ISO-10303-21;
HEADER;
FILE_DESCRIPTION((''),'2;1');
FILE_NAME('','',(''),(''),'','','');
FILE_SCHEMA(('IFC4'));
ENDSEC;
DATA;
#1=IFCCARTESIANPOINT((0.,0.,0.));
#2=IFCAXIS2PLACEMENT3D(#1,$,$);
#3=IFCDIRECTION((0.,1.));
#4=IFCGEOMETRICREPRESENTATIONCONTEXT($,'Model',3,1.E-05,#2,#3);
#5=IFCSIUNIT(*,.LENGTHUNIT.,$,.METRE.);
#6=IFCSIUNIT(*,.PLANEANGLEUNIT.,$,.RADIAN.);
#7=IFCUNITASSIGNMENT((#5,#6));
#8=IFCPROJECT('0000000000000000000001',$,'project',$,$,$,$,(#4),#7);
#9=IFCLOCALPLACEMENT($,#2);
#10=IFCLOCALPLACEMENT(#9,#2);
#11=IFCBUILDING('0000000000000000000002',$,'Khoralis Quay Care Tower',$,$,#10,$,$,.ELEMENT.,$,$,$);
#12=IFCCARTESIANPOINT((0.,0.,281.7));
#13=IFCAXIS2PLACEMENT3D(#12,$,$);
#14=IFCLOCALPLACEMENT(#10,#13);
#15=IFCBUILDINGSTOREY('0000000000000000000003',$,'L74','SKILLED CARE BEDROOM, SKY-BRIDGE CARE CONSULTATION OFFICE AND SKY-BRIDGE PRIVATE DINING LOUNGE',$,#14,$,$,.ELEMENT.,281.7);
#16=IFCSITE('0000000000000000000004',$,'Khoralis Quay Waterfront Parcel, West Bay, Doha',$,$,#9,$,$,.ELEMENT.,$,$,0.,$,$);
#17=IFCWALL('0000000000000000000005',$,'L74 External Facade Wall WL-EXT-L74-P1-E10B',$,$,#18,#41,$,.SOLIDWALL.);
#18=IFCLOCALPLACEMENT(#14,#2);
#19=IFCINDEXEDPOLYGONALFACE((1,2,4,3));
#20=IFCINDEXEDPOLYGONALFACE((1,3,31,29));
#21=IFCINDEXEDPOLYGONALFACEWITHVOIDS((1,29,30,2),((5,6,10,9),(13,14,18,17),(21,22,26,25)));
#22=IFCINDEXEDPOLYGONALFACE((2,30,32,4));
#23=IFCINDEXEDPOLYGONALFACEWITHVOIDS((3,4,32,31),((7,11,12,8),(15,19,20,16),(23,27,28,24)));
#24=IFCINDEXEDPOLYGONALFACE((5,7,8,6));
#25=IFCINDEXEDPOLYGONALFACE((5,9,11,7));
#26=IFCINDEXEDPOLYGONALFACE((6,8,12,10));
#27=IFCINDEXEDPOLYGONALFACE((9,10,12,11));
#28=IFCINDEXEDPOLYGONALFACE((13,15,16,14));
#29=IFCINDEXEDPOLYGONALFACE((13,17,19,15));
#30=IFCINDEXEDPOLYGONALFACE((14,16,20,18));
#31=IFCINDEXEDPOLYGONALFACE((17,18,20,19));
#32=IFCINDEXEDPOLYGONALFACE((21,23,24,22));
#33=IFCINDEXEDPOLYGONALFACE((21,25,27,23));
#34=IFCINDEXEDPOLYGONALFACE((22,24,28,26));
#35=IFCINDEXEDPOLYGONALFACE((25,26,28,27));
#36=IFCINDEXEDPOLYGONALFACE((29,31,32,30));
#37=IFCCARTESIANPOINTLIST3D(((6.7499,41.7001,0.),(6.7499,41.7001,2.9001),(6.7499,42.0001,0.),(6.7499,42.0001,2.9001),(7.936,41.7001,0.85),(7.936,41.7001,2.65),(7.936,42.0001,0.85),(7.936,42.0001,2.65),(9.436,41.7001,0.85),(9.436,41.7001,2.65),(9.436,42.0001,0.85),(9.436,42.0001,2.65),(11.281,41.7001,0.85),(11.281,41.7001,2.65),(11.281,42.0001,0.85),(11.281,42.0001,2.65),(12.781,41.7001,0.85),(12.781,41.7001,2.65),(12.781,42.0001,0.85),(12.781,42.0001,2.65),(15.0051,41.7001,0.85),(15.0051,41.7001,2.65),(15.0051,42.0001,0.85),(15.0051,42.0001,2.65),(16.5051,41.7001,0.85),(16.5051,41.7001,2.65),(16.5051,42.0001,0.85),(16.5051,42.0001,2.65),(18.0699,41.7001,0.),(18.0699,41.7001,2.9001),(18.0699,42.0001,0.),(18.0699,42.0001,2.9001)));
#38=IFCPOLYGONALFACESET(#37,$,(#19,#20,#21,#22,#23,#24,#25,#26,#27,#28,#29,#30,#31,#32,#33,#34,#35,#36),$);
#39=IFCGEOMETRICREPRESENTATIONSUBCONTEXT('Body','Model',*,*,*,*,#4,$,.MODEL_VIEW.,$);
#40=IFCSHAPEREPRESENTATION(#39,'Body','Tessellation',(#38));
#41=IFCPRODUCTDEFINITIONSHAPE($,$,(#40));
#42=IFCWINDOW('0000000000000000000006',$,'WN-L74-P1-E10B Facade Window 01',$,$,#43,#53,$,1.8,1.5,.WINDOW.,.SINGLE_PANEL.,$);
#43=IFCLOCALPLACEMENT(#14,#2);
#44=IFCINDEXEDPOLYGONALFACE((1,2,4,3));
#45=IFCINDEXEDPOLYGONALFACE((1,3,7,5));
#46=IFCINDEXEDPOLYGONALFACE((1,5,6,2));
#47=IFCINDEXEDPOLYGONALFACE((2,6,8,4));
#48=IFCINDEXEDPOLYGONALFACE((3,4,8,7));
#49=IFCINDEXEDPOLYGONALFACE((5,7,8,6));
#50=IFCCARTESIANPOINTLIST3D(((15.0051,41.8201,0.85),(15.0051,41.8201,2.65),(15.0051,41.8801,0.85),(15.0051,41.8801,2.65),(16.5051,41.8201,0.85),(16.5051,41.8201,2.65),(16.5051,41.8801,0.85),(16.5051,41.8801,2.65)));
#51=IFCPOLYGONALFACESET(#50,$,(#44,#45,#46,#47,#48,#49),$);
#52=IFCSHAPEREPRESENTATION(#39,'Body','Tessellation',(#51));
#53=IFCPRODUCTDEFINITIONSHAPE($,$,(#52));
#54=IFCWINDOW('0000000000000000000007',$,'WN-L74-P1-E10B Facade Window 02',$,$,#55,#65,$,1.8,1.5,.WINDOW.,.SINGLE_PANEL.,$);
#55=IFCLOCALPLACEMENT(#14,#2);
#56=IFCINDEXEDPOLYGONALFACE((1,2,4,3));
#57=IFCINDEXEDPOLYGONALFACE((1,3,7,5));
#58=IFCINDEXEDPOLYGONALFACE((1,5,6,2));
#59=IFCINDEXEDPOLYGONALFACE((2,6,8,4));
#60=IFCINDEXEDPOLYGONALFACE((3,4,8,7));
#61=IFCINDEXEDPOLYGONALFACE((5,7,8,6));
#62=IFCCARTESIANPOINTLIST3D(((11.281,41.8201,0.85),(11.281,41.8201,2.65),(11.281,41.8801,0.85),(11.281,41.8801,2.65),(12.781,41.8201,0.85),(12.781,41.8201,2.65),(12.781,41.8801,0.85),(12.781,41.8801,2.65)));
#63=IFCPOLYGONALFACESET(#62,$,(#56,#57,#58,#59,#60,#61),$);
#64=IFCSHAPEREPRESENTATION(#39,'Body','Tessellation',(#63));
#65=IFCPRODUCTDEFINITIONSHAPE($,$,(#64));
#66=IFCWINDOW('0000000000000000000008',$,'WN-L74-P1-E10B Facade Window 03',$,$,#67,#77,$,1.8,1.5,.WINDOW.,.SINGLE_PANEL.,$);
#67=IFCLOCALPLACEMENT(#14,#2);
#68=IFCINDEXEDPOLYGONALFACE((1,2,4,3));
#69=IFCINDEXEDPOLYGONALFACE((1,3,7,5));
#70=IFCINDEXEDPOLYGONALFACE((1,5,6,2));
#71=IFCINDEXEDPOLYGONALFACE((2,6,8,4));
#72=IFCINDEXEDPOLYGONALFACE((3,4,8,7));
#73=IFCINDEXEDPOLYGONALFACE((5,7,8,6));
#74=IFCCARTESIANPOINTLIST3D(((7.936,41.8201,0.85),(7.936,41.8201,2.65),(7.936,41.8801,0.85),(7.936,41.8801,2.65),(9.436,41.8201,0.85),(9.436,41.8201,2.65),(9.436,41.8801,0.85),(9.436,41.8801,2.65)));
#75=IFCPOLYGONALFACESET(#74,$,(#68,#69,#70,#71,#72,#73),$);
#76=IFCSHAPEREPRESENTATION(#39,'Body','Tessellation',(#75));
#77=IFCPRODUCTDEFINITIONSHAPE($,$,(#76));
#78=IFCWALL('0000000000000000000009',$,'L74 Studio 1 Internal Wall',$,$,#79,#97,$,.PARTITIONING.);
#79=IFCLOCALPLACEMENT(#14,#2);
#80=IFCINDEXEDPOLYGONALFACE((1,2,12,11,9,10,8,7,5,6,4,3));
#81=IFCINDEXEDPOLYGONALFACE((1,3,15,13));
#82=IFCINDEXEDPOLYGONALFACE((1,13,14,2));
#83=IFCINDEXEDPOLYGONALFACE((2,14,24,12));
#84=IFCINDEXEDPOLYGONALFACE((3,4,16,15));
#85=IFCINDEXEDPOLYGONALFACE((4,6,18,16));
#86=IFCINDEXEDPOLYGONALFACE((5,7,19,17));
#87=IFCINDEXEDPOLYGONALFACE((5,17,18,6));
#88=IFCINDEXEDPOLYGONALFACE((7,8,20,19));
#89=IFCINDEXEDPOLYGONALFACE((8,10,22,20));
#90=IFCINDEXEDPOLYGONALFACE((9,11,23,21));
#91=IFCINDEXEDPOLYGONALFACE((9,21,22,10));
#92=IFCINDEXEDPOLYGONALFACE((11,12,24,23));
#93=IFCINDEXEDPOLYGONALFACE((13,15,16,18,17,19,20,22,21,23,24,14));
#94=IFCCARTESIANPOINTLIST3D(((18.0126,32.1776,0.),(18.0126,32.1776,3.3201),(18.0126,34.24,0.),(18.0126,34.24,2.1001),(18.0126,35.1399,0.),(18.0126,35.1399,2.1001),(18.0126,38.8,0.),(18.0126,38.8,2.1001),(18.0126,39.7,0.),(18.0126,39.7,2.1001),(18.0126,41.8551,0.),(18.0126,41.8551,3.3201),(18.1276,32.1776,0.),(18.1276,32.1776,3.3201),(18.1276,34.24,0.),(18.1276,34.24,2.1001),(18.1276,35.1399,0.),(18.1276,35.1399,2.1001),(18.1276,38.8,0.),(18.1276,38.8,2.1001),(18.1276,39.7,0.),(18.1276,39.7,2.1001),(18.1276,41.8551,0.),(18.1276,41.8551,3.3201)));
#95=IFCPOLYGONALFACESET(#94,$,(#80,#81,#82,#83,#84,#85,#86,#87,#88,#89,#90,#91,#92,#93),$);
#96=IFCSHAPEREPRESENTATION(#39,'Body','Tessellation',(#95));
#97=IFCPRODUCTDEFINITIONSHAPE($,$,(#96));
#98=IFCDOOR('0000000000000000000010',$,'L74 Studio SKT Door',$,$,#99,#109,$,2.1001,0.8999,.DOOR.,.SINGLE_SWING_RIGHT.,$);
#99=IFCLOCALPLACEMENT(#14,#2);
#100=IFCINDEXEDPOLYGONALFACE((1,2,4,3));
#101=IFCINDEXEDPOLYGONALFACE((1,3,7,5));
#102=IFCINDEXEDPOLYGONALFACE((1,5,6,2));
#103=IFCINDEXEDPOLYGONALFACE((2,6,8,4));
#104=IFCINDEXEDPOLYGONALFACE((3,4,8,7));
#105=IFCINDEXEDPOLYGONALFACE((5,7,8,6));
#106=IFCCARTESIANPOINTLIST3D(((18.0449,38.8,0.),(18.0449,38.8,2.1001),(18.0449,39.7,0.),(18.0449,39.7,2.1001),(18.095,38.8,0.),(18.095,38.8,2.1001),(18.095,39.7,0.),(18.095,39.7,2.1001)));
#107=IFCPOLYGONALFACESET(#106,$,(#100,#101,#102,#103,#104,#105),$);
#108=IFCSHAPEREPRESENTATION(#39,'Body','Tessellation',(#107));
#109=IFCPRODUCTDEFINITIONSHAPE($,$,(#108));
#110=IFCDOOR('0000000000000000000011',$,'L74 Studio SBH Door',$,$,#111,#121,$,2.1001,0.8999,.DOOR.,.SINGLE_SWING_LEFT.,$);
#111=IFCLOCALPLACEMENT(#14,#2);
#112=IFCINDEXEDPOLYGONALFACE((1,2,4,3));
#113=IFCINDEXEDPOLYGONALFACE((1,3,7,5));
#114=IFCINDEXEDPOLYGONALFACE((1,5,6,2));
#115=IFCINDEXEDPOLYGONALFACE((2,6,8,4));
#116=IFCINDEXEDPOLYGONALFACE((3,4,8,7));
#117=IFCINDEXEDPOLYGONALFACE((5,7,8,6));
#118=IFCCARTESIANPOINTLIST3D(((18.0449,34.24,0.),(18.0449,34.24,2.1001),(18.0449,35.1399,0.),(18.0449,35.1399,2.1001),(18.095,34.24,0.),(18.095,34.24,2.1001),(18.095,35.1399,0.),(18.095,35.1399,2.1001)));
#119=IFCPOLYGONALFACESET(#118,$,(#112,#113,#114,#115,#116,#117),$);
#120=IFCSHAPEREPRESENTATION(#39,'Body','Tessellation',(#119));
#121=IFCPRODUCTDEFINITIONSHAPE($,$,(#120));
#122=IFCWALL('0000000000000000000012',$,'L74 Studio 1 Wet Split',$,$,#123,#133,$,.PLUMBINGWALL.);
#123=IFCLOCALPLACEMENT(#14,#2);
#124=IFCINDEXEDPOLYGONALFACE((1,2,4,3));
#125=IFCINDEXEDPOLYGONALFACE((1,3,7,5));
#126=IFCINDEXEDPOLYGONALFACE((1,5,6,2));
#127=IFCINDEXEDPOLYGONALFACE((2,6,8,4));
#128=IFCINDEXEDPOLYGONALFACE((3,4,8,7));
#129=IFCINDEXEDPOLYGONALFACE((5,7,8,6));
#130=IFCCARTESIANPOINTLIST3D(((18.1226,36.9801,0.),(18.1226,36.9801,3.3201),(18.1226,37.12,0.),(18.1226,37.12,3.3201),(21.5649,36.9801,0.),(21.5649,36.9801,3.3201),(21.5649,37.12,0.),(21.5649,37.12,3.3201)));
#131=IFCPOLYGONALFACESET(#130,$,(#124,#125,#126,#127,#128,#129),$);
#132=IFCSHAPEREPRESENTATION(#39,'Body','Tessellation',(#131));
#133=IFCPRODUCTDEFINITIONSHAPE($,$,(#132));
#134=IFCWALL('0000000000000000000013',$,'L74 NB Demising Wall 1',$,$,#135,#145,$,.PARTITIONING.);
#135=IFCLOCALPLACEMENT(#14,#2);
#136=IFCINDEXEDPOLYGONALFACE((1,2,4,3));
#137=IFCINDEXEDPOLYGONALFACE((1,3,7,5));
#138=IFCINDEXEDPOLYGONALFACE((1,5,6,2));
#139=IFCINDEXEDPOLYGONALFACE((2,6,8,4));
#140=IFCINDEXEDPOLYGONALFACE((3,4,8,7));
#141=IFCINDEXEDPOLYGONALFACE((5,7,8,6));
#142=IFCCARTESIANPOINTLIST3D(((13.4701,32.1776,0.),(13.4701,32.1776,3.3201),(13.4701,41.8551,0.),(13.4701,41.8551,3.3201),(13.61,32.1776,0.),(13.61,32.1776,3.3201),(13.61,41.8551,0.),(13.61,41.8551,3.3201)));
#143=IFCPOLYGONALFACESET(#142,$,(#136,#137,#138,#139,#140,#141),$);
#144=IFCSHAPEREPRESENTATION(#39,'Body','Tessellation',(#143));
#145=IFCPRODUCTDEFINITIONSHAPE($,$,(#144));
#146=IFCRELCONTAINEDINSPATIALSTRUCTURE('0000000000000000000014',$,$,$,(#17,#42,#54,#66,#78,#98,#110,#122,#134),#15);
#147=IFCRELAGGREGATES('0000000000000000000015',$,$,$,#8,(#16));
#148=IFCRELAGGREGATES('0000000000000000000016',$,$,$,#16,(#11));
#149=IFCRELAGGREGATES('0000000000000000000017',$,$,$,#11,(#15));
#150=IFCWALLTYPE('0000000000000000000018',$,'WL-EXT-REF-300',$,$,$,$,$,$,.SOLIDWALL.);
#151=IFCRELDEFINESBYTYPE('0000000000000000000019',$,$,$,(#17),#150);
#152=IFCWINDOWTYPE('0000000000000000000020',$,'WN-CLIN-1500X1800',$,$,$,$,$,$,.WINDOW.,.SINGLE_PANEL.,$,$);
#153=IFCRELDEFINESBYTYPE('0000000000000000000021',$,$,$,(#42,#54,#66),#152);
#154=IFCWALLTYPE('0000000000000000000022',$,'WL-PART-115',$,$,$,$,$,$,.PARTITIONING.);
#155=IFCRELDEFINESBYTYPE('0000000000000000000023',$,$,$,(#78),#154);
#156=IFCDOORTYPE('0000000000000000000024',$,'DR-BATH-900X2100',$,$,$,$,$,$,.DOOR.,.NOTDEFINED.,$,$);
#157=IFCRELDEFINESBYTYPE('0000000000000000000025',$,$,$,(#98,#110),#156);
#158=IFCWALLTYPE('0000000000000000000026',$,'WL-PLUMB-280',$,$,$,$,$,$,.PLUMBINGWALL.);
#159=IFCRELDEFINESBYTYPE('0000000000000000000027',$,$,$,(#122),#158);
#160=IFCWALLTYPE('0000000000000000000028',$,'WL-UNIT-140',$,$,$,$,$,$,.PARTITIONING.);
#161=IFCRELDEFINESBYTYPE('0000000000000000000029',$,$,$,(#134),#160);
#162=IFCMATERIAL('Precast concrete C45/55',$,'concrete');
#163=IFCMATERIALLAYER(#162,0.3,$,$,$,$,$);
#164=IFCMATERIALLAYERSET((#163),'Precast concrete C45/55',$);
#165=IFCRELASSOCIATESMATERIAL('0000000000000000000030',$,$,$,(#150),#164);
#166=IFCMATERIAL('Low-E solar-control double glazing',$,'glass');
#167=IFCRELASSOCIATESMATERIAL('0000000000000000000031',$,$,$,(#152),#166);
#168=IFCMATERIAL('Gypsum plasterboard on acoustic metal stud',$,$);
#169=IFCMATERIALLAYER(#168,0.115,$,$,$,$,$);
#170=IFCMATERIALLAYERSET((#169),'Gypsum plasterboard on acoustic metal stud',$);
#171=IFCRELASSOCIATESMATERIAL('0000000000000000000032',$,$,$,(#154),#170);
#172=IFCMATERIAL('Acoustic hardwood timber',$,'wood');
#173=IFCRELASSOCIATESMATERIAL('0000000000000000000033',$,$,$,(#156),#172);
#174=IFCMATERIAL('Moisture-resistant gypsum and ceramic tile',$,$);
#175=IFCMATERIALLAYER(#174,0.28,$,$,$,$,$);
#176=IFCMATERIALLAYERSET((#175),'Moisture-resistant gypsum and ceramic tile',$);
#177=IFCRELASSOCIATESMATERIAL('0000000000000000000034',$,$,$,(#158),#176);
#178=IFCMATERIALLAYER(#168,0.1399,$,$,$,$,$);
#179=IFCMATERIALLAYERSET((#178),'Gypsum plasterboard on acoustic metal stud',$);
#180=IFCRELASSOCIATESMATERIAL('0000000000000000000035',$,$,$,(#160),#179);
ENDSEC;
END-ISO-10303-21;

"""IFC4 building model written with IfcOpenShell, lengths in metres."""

from ifc_helpers import new_model, si_unit, direction, frame, frame_2d, origin, place, context, subcontext, project, spatial, rectangle, extrude, source, transform, mapped, material, layer, layer_set, type_object, element, fill, save


model = new_model("IFC4")

# Units and contexts
model_context = context("Model", 3, precision=1e-05, world=origin(), true_north=direction((0.0, 1.0)))
body_context = subcontext(model_context, "Body", "Model", "MODEL_VIEW")
ifc_project = project(units=[si_unit("LENGTHUNIT", "METRE"), si_unit("PLANEANGLEUNIT", "RADIAN")], contexts=[model_context])

# Site, building, storey
site_placement = place(None, origin())
site = spatial("IfcSite", under=ifc_project, at=site_placement, Name="Khoralis Quay Waterfront Parcel, West Bay, Doha", CompositionType="ELEMENT", RefElevation=0.0)
building_placement = place(site_placement, origin())
building = spatial("IfcBuilding", under=site, at=building_placement, Name="Khoralis Quay Care Tower", CompositionType="ELEMENT")
storey_placement = place(building_placement, frame((0.0, 0.0, 281.7)))
storey = spatial("IfcBuildingStorey", under=building, at=storey_placement, Name="L74", Description="SKILLED CARE BEDROOM, SKY-BRIDGE CARE CONSULTATION OFFICE AND SKY-BRIDGE PRIVATE DINING LOUNGE", CompositionType="ELEMENT", Elevation=281.7)

# Shared definitions
ifc_material_1 = material(Name="Low-E solar-control double glazing", Category="glass")

# Wall, openings, windows
ifc_material_2 = material(Name="Precast concrete C45/55", Category="concrete")
ifc_layer_1 = layer(ifc_material_2, 0.3)
ifc_layer_set_1 = layer_set([ifc_layer_1], Name="Precast concrete C45/55")
wall_type_1 = type_object("IfcWallType", Name="WL-EXT-REF-300", PredefinedType="SOLIDWALL", material=ifc_layer_set_1)
wall_1_placement = place(storey_placement, frame((18.0701, 41.8501, 0.0), z_axis=(0.0, 0.0, 1.0), x_axis=(-1.0, 0.0, 0.0)))
wall_1 = element("IfcWall", 1, at=wall_1_placement, inside=storey, type_object=wall_type_1, Name="L74 External Facade Wall WL-EXT-L74-P1-E10B", PredefinedType="SOLIDWALL", context=body_context, shape_type="SweptSolid", body=[
    extrude(rectangle(XDim=11.3201, YDim=0.3, at=frame_2d((5.6602, 0.0))), origin(), (0.0, 0.0, 1.0), 2.9001),
])
opening_1_placement = place(wall_1_placement, frame((1.5649, 0.0, 0.8501)))
opening_1 = element("IfcOpeningElement", 2, at=opening_1_placement, cuts=wall_1, PredefinedType="OPENING", context=body_context, shape_type="SweptSolid", body=[
    extrude(rectangle(XDim=1.5, YDim=1.8, at=frame_2d((0.75, 0.8999))), frame((0.0, 0.1602, 0.0), z_axis=(0.0, -1.0, 0.0), x_axis=(1.0, 0.0, 0.0)), (0.0, 0.0, 1.0), 0.3201),
])
opening_2_placement = place(wall_1_placement, frame((5.2891, 0.0, 0.8501)))
opening_2 = element("IfcOpeningElement", 3, at=opening_2_placement, cuts=wall_1, PredefinedType="OPENING", context=body_context, shape_type="SweptSolid", body=[
    extrude(rectangle(XDim=1.5, YDim=1.8, at=frame_2d((0.75, 0.8999))), frame((0.0, 0.1602, 0.0), z_axis=(0.0, -1.0, 0.0), x_axis=(1.0, 0.0, 0.0)), (0.0, 0.0, 1.0), 0.3201),
])
opening_3_placement = place(wall_1_placement, frame((8.634, 0.0, 0.8501)))
opening_3 = element("IfcOpeningElement", 4, at=opening_3_placement, cuts=wall_1, PredefinedType="OPENING", context=body_context, shape_type="SweptSolid", body=[
    extrude(rectangle(XDim=1.5, YDim=1.8, at=frame_2d((0.75, 0.8999))), frame((0.0, 0.1602, 0.0), z_axis=(0.0, -1.0, 0.0), x_axis=(1.0, 0.0, 0.0)), (0.0, 0.0, 1.0), 0.3201),
])
window_type = type_object("IfcWindowType", Name="WN-CLIN-1500X1800", PartitioningType="SINGLE_PANEL", PredefinedType="WINDOW", material=ifc_material_1)
shared_shape_1 = source(origin(), body_context, "Body", "SweptSolid", [
    extrude(rectangle(XDim=1.5, YDim=1.8, at=frame_2d((0.75, 0.8999))), frame((0.0, 0.03, 0.0), z_axis=(0.0, -1.0, 0.0), x_axis=(1.0, 0.0, 0.0)), (0.0, 0.0, 1.0), 0.0601),
])
window_1_placement = place(opening_1_placement, origin())
window_1 = element("IfcWindow", 5, at=window_1_placement, inside=storey, type_object=window_type, Name="WN-L74-P1-E10B Facade Window 01", OverallHeight=1.8, OverallWidth=1.5, PartitioningType="SINGLE_PANEL", PredefinedType="WINDOW", context=body_context, shape_type="MappedRepresentation", body=[
    mapped(shared_shape_1, transform((0.0, 0.0, 0.0), scale=1.0)),
])
fill(opening_1, window_1)
window_2_placement = place(opening_2_placement, origin())
window_2 = element("IfcWindow", 6, at=window_2_placement, inside=storey, type_object=window_type, Name="WN-L74-P1-E10B Facade Window 02", OverallHeight=1.8, OverallWidth=1.5, PartitioningType="SINGLE_PANEL", PredefinedType="WINDOW", context=body_context, shape_type="MappedRepresentation", body=[
    mapped(shared_shape_1, transform((0.0, 0.0, 0.0), scale=1.0)),
])
fill(opening_2, window_2)
window_3_placement = place(opening_3_placement, origin())
window_3 = element("IfcWindow", 7, at=window_3_placement, inside=storey, type_object=window_type, Name="WN-L74-P1-E10B Facade Window 03", OverallHeight=1.8, OverallWidth=1.5, PartitioningType="SINGLE_PANEL", PredefinedType="WINDOW", context=body_context, shape_type="MappedRepresentation", body=[
    mapped(shared_shape_1, transform((0.0, 0.0, 0.0), scale=1.0)),
])
fill(opening_3, window_3)

# Wall, openings, doors
ifc_material_3 = material(Name="Gypsum plasterboard on acoustic metal stud")
ifc_layer_2 = layer(ifc_material_3, 0.115)
ifc_layer_set_2 = layer_set([ifc_layer_2], Name="Gypsum plasterboard on acoustic metal stud")
wall_type_2 = type_object("IfcWallType", Name="WL-PART-115", PredefinedType="PARTITIONING", material=ifc_layer_set_2)
wall_2_placement = place(storey_placement, frame((18.0701, 32.1775, 0.0), z_axis=(0.0, 0.0, 1.0), x_axis=(0.0, 1.0, 0.0)))
wall_2 = element("IfcWall", 8, at=wall_2_placement, inside=storey, type_object=wall_type_2, Name="L74 Studio 1 Internal Wall", PredefinedType="PARTITIONING", context=body_context, shape_type="SweptSolid", body=[
    extrude(rectangle(XDim=9.6775, YDim=0.115, at=frame_2d((4.8389, 0.0))), origin(), (0.0, 0.0, 1.0), 3.3201),
])
opening_4_placement = place(wall_2_placement, frame((6.6226, 0.0, 0.0)))
opening_4 = element("IfcOpeningElement", 9, at=opening_4_placement, cuts=wall_2, PredefinedType="OPENING", context=body_context, shape_type="SweptSolid", body=[
    extrude(rectangle(XDim=0.8999, YDim=2.1001, at=frame_2d((0.45, 1.05))), frame((0.0, 0.0674, 0.0), z_axis=(0.0, -1.0, 0.0), x_axis=(1.0, 0.0, 0.0)), (0.0, 0.0, 1.0), 0.135),
])
opening_5_placement = place(wall_2_placement, frame((2.0625, 0.0, 0.0)))
opening_5 = element("IfcOpeningElement", 10, at=opening_5_placement, cuts=wall_2, PredefinedType="OPENING", context=body_context, shape_type="SweptSolid", body=[
    extrude(rectangle(XDim=0.8999, YDim=2.1001, at=frame_2d((0.45, 1.05))), frame((0.0, 0.0674, 0.0), z_axis=(0.0, -1.0, 0.0), x_axis=(1.0, 0.0, 0.0)), (0.0, 0.0, 1.0), 0.135),
])
ifc_material_4 = material(Name="Acoustic hardwood timber", Category="wood")
door_type = type_object("IfcDoorType", Name="DR-BATH-900X2100", OperationType="NOTDEFINED", PredefinedType="DOOR", material=ifc_material_4)
shared_shape_2 = source(origin(), body_context, "Body", "SweptSolid", [
    extrude(rectangle(XDim=0.8999, YDim=2.1001, at=frame_2d((0.45, 1.05))), frame((0.0, 0.0249, 0.0), z_axis=(0.0, -1.0, 0.0), x_axis=(1.0, 0.0, 0.0)), (0.0, 0.0, 1.0), 0.05),
])
door_1_placement = place(opening_4_placement, frame((0.8999, 0.0, 0.0), z_axis=(0.0, 0.0, 1.0), x_axis=(-1.0, 0.0, 0.0)))
door_1 = element("IfcDoor", 11, at=door_1_placement, inside=storey, type_object=door_type, Name="L74 Studio SKT Door", OperationType="SINGLE_SWING_RIGHT", OverallHeight=2.1001, OverallWidth=0.8999, PredefinedType="DOOR", context=body_context, shape_type="MappedRepresentation", body=[
    mapped(shared_shape_2, transform((0.0, 0.0, 0.0), scale=1.0)),
])
fill(opening_4, door_1)
door_2_placement = place(opening_5_placement, frame((0.8999, 0.0, 0.0), z_axis=(0.0, 0.0, 1.0), x_axis=(-1.0, 0.0, 0.0)))
door_2 = element("IfcDoor", 12, at=door_2_placement, inside=storey, type_object=door_type, Name="L74 Studio SBH Door", OperationType="SINGLE_SWING_LEFT", OverallHeight=2.1001, OverallWidth=0.8999, PredefinedType="DOOR", context=body_context, shape_type="MappedRepresentation", body=[
    mapped(shared_shape_2, transform((0.0, 0.0, 0.0), scale=1.0)),
])
fill(opening_5, door_2)

# Walls
ifc_material_5 = material(Name="Moisture-resistant gypsum and ceramic tile")
ifc_layer_3 = layer(ifc_material_5, 0.28)
ifc_layer_set_3 = layer_set([ifc_layer_3], Name="Moisture-resistant gypsum and ceramic tile")
wall_type_3 = type_object("IfcWallType", Name="WL-PLUMB-280", PredefinedType="PLUMBINGWALL", material=ifc_layer_set_3)
wall_3_placement = place(storey_placement, frame((18.1226, 37.05, 0.0), z_axis=(0.0, 0.0, 1.0), x_axis=(1.0, 0.0, 0.0)))
element("IfcWall", 13, at=wall_3_placement, inside=storey, type_object=wall_type_3, Name="L74 Studio 1 Wet Split", PredefinedType="PLUMBINGWALL", context=body_context, shape_type="SweptSolid", body=[
    extrude(rectangle(XDim=3.4424, YDim=0.1399, at=frame_2d((1.7212, 0.0))), origin(), (0.0, 0.0, 1.0), 3.3201),
])
ifc_layer_4 = layer(ifc_material_3, 0.1399)
ifc_layer_set_4 = layer_set([ifc_layer_4], Name="Gypsum plasterboard on acoustic metal stud")
wall_type_4 = type_object("IfcWallType", Name="WL-UNIT-140", PredefinedType="PARTITIONING", material=ifc_layer_set_4)
wall_4_placement = place(storey_placement, frame((13.54, 32.1775, 0.0), z_axis=(0.0, 0.0, 1.0), x_axis=(0.0, 1.0, 0.0)))
element("IfcWall", 14, at=wall_4_placement, inside=storey, type_object=wall_type_4, Name="L74 NB Demising Wall 1", PredefinedType="PARTITIONING", context=body_context, shape_type="SweptSolid", body=[
    extrude(rectangle(XDim=9.6775, YDim=0.1399, at=frame_2d((4.8389, 0.0))), origin(), (0.0, 0.0, 1.0), 3.3201),
])

save(model, "model.ifc")
